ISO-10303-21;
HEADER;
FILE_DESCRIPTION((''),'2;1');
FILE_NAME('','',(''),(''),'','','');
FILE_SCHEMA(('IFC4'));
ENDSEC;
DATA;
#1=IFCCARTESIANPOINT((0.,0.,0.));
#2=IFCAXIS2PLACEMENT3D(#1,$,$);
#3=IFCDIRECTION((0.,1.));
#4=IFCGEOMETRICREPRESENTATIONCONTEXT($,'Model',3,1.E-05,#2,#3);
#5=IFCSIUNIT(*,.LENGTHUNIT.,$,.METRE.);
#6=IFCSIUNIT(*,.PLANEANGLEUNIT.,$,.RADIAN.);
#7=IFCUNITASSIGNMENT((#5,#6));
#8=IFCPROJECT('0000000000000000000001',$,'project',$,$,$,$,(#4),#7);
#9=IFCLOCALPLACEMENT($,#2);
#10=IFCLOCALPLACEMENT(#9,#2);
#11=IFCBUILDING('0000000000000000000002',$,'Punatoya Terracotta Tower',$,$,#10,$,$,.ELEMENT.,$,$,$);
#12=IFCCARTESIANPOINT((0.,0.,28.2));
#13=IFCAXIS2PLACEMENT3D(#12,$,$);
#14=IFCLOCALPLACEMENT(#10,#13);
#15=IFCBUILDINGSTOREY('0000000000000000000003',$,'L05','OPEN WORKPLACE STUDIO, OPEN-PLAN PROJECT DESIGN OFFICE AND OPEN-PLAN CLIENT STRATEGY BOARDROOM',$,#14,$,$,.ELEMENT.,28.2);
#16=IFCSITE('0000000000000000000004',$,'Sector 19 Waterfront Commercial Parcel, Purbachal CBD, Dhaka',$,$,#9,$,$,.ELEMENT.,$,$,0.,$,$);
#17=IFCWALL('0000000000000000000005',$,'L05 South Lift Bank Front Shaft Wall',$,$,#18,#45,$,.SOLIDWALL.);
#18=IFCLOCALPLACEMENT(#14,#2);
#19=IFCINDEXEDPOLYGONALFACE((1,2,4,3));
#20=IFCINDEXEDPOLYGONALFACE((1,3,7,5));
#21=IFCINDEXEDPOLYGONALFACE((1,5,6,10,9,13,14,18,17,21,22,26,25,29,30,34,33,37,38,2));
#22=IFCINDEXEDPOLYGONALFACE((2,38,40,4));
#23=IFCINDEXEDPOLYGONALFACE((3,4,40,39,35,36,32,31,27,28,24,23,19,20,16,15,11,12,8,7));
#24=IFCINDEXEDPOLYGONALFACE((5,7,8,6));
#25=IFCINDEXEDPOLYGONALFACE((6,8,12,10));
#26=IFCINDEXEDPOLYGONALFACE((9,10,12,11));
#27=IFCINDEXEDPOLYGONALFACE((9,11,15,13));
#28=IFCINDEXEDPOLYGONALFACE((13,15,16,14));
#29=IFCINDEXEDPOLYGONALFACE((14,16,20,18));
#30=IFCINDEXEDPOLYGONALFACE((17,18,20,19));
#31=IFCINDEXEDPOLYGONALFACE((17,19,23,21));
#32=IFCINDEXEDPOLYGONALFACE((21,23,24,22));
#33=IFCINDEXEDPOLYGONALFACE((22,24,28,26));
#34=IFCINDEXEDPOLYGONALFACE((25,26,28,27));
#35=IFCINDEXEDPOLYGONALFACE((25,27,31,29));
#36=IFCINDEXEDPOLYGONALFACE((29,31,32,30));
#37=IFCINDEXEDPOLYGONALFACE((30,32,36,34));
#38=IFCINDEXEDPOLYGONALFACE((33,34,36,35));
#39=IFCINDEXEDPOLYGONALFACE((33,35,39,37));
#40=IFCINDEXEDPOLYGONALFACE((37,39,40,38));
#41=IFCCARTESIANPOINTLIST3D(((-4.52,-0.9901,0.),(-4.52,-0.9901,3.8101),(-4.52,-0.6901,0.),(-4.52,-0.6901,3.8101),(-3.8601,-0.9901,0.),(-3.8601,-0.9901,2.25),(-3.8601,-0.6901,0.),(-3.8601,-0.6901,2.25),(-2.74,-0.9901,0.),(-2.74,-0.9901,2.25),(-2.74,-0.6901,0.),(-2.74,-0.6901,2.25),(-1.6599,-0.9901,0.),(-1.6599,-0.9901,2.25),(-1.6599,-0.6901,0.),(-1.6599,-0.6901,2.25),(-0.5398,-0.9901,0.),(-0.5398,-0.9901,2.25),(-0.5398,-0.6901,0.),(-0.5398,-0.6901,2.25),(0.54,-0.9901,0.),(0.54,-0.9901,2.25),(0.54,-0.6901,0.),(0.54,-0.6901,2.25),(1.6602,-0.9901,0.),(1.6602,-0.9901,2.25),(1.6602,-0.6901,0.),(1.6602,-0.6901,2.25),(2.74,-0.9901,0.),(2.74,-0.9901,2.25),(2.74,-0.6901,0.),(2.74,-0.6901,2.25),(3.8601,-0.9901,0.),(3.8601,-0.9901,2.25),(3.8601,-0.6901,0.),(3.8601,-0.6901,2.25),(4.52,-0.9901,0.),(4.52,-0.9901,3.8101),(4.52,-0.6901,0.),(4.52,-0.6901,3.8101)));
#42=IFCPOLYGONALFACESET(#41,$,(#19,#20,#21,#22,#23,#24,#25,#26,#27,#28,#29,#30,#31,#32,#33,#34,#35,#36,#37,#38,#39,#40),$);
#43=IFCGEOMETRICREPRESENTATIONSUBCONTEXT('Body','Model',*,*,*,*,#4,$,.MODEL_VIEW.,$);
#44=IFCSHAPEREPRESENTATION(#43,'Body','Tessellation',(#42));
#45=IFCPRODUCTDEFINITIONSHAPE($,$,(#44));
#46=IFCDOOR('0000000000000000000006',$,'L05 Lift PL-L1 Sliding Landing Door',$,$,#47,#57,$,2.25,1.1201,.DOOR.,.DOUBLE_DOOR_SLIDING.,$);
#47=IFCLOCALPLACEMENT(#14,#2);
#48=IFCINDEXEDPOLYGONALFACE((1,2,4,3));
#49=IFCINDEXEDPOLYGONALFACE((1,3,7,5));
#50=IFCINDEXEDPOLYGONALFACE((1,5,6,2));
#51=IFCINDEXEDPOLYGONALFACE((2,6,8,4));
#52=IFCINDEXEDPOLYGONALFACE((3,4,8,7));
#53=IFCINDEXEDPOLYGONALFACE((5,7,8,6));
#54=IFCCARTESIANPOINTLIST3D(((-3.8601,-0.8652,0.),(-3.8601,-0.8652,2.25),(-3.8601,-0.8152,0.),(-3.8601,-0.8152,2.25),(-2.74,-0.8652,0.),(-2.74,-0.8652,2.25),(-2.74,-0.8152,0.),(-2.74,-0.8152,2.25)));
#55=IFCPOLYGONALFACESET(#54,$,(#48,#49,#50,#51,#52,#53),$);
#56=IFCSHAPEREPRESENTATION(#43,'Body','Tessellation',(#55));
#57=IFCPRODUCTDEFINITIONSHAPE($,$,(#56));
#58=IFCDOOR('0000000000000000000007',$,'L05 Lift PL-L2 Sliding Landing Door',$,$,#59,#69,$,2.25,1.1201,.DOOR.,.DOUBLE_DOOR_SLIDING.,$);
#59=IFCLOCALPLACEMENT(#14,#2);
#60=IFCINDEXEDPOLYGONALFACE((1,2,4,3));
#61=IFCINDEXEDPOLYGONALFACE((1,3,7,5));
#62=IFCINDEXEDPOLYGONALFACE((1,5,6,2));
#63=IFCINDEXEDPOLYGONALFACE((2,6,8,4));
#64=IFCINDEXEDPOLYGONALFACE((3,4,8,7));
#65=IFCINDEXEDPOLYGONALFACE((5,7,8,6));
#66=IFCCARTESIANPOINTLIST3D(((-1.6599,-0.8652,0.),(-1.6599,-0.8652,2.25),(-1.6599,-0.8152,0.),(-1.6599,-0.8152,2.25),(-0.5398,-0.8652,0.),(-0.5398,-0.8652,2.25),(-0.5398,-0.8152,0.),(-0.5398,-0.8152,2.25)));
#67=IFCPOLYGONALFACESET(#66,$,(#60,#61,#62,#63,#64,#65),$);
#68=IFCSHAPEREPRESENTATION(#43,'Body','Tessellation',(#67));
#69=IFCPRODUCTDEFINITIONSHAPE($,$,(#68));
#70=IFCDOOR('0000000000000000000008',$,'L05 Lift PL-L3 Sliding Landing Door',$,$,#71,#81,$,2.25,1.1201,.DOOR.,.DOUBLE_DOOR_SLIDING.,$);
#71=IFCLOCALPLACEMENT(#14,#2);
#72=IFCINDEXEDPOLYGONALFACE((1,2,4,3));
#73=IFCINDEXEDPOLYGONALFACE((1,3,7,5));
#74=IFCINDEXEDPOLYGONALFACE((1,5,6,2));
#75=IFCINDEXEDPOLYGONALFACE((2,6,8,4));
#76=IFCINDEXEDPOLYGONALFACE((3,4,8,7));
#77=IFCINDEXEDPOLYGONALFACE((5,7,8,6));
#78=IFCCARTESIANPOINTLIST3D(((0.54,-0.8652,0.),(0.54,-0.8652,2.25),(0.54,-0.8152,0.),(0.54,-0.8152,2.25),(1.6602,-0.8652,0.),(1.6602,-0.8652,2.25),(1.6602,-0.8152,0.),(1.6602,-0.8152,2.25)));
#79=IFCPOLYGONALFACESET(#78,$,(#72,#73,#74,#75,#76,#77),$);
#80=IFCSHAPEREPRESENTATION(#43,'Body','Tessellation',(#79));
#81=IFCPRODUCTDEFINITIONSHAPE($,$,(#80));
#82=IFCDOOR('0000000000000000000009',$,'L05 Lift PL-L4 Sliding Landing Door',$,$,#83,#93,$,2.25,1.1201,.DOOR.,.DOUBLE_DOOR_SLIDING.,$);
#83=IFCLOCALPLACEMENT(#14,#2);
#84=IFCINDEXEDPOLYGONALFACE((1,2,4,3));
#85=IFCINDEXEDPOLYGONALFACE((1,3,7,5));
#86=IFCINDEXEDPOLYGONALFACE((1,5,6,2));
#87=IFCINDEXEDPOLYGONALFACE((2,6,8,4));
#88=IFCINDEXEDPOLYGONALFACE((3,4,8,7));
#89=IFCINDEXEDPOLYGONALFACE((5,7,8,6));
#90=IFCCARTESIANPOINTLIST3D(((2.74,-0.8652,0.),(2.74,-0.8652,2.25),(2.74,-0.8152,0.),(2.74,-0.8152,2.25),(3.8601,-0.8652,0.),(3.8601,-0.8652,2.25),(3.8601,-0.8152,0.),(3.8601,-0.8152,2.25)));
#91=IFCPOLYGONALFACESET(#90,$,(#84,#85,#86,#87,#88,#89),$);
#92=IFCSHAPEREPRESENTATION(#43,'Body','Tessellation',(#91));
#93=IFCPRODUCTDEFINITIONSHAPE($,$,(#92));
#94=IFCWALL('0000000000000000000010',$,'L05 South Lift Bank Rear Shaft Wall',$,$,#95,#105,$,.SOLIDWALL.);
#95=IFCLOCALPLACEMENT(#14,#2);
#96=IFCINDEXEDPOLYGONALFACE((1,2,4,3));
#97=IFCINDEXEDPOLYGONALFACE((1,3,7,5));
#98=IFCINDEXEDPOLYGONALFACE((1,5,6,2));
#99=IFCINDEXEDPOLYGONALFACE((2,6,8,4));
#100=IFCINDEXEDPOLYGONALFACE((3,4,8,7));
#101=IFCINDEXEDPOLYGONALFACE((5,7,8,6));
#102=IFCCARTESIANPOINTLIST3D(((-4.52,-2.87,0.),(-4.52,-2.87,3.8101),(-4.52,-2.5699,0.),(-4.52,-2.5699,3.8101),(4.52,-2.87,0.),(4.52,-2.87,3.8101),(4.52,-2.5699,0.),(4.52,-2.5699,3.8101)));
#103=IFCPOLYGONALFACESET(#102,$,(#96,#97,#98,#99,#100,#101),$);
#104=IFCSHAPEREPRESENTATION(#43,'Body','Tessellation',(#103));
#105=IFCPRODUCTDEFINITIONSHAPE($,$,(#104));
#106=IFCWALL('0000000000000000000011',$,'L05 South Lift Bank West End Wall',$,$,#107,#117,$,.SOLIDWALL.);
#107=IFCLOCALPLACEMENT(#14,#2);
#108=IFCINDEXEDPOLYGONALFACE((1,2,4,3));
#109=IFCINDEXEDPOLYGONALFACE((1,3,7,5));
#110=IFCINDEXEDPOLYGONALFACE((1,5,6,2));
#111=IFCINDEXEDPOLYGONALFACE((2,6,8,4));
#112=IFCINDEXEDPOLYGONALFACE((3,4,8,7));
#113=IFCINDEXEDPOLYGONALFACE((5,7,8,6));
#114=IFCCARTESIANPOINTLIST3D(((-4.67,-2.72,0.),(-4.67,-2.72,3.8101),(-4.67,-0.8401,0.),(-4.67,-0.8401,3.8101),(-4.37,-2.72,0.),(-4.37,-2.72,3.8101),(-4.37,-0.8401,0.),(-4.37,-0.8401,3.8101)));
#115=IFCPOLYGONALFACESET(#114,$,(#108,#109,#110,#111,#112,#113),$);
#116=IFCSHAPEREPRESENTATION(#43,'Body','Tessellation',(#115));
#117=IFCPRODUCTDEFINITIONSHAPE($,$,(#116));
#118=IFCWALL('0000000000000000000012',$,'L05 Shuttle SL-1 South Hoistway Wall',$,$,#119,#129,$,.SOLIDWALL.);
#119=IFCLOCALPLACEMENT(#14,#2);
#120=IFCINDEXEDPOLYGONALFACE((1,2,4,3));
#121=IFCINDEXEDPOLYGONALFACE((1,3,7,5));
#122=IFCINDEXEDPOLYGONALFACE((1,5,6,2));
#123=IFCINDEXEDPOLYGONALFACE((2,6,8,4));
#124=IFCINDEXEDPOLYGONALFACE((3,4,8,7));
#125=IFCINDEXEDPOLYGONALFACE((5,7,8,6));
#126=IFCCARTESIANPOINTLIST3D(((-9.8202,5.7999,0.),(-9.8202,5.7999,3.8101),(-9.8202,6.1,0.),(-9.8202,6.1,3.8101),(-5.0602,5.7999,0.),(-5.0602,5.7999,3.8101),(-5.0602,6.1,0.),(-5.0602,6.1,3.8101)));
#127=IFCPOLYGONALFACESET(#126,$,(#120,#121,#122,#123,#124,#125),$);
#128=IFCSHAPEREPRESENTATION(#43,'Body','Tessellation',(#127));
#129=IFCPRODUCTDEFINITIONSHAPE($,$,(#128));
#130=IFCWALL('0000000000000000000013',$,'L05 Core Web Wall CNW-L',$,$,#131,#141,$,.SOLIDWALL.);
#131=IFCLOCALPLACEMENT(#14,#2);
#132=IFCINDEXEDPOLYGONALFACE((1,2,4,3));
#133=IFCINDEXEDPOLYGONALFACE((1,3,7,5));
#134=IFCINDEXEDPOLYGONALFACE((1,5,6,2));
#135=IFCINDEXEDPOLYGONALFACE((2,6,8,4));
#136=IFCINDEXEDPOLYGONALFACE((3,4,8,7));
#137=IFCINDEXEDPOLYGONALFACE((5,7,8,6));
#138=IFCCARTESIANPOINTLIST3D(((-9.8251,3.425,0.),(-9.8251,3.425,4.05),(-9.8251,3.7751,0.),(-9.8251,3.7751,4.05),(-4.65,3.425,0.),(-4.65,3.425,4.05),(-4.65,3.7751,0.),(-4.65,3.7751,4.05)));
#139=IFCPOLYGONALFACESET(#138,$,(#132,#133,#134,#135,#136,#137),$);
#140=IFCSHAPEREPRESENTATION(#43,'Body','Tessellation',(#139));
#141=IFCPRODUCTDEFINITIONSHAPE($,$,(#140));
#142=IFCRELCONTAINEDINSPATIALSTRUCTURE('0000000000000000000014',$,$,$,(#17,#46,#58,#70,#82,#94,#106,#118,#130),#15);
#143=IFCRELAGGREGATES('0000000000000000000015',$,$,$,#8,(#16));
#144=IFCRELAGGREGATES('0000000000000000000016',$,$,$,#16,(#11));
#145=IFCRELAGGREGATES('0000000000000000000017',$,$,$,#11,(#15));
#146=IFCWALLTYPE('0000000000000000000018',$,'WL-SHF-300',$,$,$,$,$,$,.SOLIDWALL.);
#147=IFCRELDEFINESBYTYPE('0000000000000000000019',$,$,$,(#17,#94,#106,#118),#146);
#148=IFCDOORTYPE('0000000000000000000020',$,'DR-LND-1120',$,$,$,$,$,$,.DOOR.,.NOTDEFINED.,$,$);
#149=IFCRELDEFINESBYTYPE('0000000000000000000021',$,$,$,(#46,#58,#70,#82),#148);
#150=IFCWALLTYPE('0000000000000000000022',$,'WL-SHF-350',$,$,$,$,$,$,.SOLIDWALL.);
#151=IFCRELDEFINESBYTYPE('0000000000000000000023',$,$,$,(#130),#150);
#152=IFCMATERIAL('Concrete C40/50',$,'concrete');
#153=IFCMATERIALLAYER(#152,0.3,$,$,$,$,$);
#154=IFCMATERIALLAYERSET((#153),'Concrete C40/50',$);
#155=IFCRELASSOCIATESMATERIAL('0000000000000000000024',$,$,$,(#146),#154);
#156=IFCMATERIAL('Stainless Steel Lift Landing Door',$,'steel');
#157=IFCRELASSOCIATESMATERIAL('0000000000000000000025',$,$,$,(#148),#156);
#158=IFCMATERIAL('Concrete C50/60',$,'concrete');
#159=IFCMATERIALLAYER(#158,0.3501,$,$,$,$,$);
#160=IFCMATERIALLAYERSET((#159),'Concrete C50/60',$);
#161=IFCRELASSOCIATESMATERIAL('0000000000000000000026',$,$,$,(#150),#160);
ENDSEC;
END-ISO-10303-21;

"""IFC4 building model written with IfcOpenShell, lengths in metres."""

from ifc_helpers import new_model, si_unit, direction, frame, frame_2d, origin, place, context, subcontext, project, spatial, rectangle, extrude, material, layer, layer_set, type_object, element, fill, save


model = new_model("IFC4")

# Units and contexts
model_context = context("Model", 3, precision=1e-05, world=origin(), true_north=direction((0.0, 1.0)))
body_context = subcontext(model_context, "Body", "Model", "MODEL_VIEW")
ifc_project = project(units=[si_unit("LENGTHUNIT", "METRE"), si_unit("PLANEANGLEUNIT", "RADIAN")], contexts=[model_context])

# Site, building, storey
site_placement = place(None, origin())
site = spatial("IfcSite", under=ifc_project, at=site_placement, Name="Sector 19 Waterfront Commercial Parcel, Purbachal CBD, Dhaka", CompositionType="ELEMENT", RefElevation=0.0)
building_placement = place(site_placement, origin())
building = spatial("IfcBuilding", under=site, at=building_placement, Name="Punatoya Terracotta Tower", CompositionType="ELEMENT")
storey_placement = place(building_placement, frame((0.0, 0.0, 28.2)))
storey = spatial("IfcBuildingStorey", under=building, at=storey_placement, Name="L05", Description="OPEN WORKPLACE STUDIO, OPEN-PLAN PROJECT DESIGN OFFICE AND OPEN-PLAN CLIENT STRATEGY BOARDROOM", CompositionType="ELEMENT", Elevation=28.2)

# Shared definitions
ifc_material_1 = material(Name="Concrete C40/50", Category="concrete")
ifc_layer_1 = layer(ifc_material_1, 0.3)
ifc_layer_set_1 = layer_set([ifc_layer_1], Name="Concrete C40/50")
wall_type_1 = type_object("IfcWallType", Name="WL-SHF-300", PredefinedType="SOLIDWALL", material=ifc_layer_set_1)

# Wall, openings, doors
wall_1_placement = place(storey_placement, frame((-4.52, -0.8401, 0.0), z_axis=(0.0, 0.0, 1.0), x_axis=(1.0, 0.0, 0.0)))
wall_1 = element("IfcWall", 1, at=wall_1_placement, inside=storey, type_object=wall_type_1, Name="L05 South Lift Bank Front Shaft Wall", PredefinedType="SOLIDWALL", context=body_context, shape_type="SweptSolid", body=[
    extrude(rectangle(XDim=9.04, YDim=0.3, at=frame_2d((4.52, 0.0))), origin(), (0.0, 0.0, 1.0), 3.8101),
])
opening_1_placement = place(wall_1_placement, frame((0.6599, 0.0, 0.0)))
opening_1 = element("IfcOpeningElement", 2, at=opening_1_placement, cuts=wall_1, PredefinedType="OPENING", context=body_context, shape_type="SweptSolid", body=[
    extrude(rectangle(XDim=1.1201, YDim=2.25, at=frame_2d((0.5601, 1.125))), frame((0.0, 0.1599, 0.0), z_axis=(0.0, -1.0, 0.0), x_axis=(1.0, 0.0, 0.0)), (0.0, 0.0, 1.0), 0.3201),
])
opening_2_placement = place(wall_1_placement, frame((2.8601, 0.0, 0.0)))
opening_2 = element("IfcOpeningElement", 3, at=opening_2_placement, cuts=wall_1, PredefinedType="OPENING", context=body_context, shape_type="SweptSolid", body=[
    extrude(rectangle(XDim=1.1201, YDim=2.25, at=frame_2d((0.5601, 1.125))), frame((0.0, 0.1599, 0.0), z_axis=(0.0, -1.0, 0.0), x_axis=(1.0, 0.0, 0.0)), (0.0, 0.0, 1.0), 0.3201),
])
opening_3_placement = place(wall_1_placement, frame((5.0601, 0.0, 0.0)))
opening_3 = element("IfcOpeningElement", 4, at=opening_3_placement, cuts=wall_1, PredefinedType="OPENING", context=body_context, shape_type="SweptSolid", body=[
    extrude(rectangle(XDim=1.1201, YDim=2.25, at=frame_2d((0.5601, 1.125))), frame((0.0, 0.1599, 0.0), z_axis=(0.0, -1.0, 0.0), x_axis=(1.0, 0.0, 0.0)), (0.0, 0.0, 1.0), 0.3201),
])
opening_4_placement = place(wall_1_placement, frame((7.26, 0.0, 0.0)))
opening_4 = element("IfcOpeningElement", 5, at=opening_4_placement, cuts=wall_1, PredefinedType="OPENING", context=body_context, shape_type="SweptSolid", body=[
    extrude(rectangle(XDim=1.1201, YDim=2.25, at=frame_2d((0.5601, 1.125))), frame((0.0, 0.1599, 0.0), z_axis=(0.0, -1.0, 0.0), x_axis=(1.0, 0.0, 0.0)), (0.0, 0.0, 1.0), 0.3201),
])
ifc_material_2 = material(Name="Stainless Steel Lift Landing Door", Category="steel")
door_type_1 = type_object("IfcDoorType", Name="DR-LND-1120", OperationType="NOTDEFINED", PredefinedType="DOOR", material=ifc_material_2)
door_1_placement = place(opening_1_placement, origin())
door_1 = element("IfcDoor", 6, at=door_1_placement, inside=storey, type_object=door_type_1, Name="L05 Lift PL-L1 Sliding Landing Door", OperationType="DOUBLE_DOOR_SLIDING", OverallHeight=2.25, OverallWidth=1.1201, PredefinedType="DOOR", context=body_context, shape_type="SweptSolid", body=[
    extrude(rectangle(XDim=1.1201, YDim=2.25, at=frame_2d((0.5601, 1.125))), frame((0.0, 0.0249, 0.0), z_axis=(0.0, -1.0, 0.0), x_axis=(1.0, 0.0, 0.0)), (0.0, 0.0, 1.0), 0.05),
])
fill(opening_1, door_1)
door_2_placement = place(opening_2_placement, origin())
door_2 = element("IfcDoor", 7, at=door_2_placement, inside=storey, type_object=door_type_1, Name="L05 Lift PL-L2 Sliding Landing Door", OperationType="DOUBLE_DOOR_SLIDING", OverallHeight=2.25, OverallWidth=1.1201, PredefinedType="DOOR", context=body_context, shape_type="SweptSolid", body=[
    extrude(rectangle(XDim=1.1201, YDim=2.25, at=frame_2d((0.5601, 1.125))), frame((0.0, 0.0249, 0.0), z_axis=(0.0, -1.0, 0.0), x_axis=(1.0, 0.0, 0.0)), (0.0, 0.0, 1.0), 0.05),
])
fill(opening_2, door_2)
door_3_placement = place(opening_3_placement, origin())
door_3 = element("IfcDoor", 8, at=door_3_placement, inside=storey, type_object=door_type_1, Name="L05 Lift PL-L3 Sliding Landing Door", OperationType="DOUBLE_DOOR_SLIDING", OverallHeight=2.25, OverallWidth=1.1201, PredefinedType="DOOR", context=body_context, shape_type="SweptSolid", body=[
    extrude(rectangle(XDim=1.1201, YDim=2.25, at=frame_2d((0.5601, 1.125))), frame((0.0, 0.0249, 0.0), z_axis=(0.0, -1.0, 0.0), x_axis=(1.0, 0.0, 0.0)), (0.0, 0.0, 1.0), 0.05),
])
fill(opening_3, door_3)
door_4_placement = place(opening_4_placement, origin())
door_4 = element("IfcDoor", 9, at=door_4_placement, inside=storey, type_object=door_type_1, Name="L05 Lift PL-L4 Sliding Landing Door", OperationType="DOUBLE_DOOR_SLIDING", OverallHeight=2.25, OverallWidth=1.1201, PredefinedType="DOOR", context=body_context, shape_type="SweptSolid", body=[
    extrude(rectangle(XDim=1.1201, YDim=2.25, at=frame_2d((0.5601, 1.125))), frame((0.0, 0.0249, 0.0), z_axis=(0.0, -1.0, 0.0), x_axis=(1.0, 0.0, 0.0)), (0.0, 0.0, 1.0), 0.05),
])
fill(opening_4, door_4)

# Walls
wall_2_placement = place(storey_placement, frame((-4.52, -2.72, 0.0), z_axis=(0.0, 0.0, 1.0), x_axis=(1.0, 0.0, 0.0)))
element("IfcWall", 10, at=wall_2_placement, inside=storey, type_object=wall_type_1, Name="L05 South Lift Bank Rear Shaft Wall", PredefinedType="SOLIDWALL", context=body_context, shape_type="SweptSolid", body=[
    extrude(rectangle(XDim=9.04, YDim=0.3, at=frame_2d((4.52, 0.0))), origin(), (0.0, 0.0, 1.0), 3.8101),
])
wall_3_placement = place(storey_placement, frame((-4.52, -2.72, 0.0), z_axis=(0.0, 0.0, 1.0), x_axis=(0.0, 1.0, 0.0)))
element("IfcWall", 11, at=wall_3_placement, inside=storey, type_object=wall_type_1, Name="L05 South Lift Bank West End Wall", PredefinedType="SOLIDWALL", context=body_context, shape_type="SweptSolid", body=[
    extrude(rectangle(XDim=1.8799, YDim=0.3, at=frame_2d((0.9399, 0.0))), origin(), (0.0, 0.0, 1.0), 3.8101),
])
wall_4_placement = place(storey_placement, frame((-9.8201, 5.95, 0.0), z_axis=(0.0, 0.0, 1.0), x_axis=(1.0, 0.0, 0.0)))
element("IfcWall", 12, at=wall_4_placement, inside=storey, type_object=wall_type_1, Name="L05 Shuttle SL-1 South Hoistway Wall", PredefinedType="SOLIDWALL", context=body_context, shape_type="SweptSolid", body=[
    extrude(rectangle(XDim=4.76, YDim=0.3, at=frame_2d((2.3799, 0.0))), origin(), (0.0, 0.0, 1.0), 3.8101),
])
ifc_material_3 = material(Name="Concrete C50/60", Category="concrete")
ifc_layer_2 = layer(ifc_material_3, 0.3501)
ifc_layer_set_2 = layer_set([ifc_layer_2], Name="Concrete C50/60")
wall_type_2 = type_object("IfcWallType", Name="WL-SHF-350", PredefinedType="SOLIDWALL", material=ifc_layer_set_2)
wall_5_placement = place(storey_placement, frame((-9.825, 3.6001, 0.0), z_axis=(0.0, 0.0, 1.0), x_axis=(1.0, 0.0, 0.0)))
element("IfcWall", 13, at=wall_5_placement, inside=storey, type_object=wall_type_2, Name="L05 Core Web Wall CNW-L", PredefinedType="SOLIDWALL", context=body_context, shape_type="SweptSolid", body=[
    extrude(rectangle(XDim=5.175, YDim=0.3501, at=frame_2d((2.5874, 0.0))), origin(), (0.0, 0.0, 1.0), 4.05),
])

save(model, "model.ifc")
